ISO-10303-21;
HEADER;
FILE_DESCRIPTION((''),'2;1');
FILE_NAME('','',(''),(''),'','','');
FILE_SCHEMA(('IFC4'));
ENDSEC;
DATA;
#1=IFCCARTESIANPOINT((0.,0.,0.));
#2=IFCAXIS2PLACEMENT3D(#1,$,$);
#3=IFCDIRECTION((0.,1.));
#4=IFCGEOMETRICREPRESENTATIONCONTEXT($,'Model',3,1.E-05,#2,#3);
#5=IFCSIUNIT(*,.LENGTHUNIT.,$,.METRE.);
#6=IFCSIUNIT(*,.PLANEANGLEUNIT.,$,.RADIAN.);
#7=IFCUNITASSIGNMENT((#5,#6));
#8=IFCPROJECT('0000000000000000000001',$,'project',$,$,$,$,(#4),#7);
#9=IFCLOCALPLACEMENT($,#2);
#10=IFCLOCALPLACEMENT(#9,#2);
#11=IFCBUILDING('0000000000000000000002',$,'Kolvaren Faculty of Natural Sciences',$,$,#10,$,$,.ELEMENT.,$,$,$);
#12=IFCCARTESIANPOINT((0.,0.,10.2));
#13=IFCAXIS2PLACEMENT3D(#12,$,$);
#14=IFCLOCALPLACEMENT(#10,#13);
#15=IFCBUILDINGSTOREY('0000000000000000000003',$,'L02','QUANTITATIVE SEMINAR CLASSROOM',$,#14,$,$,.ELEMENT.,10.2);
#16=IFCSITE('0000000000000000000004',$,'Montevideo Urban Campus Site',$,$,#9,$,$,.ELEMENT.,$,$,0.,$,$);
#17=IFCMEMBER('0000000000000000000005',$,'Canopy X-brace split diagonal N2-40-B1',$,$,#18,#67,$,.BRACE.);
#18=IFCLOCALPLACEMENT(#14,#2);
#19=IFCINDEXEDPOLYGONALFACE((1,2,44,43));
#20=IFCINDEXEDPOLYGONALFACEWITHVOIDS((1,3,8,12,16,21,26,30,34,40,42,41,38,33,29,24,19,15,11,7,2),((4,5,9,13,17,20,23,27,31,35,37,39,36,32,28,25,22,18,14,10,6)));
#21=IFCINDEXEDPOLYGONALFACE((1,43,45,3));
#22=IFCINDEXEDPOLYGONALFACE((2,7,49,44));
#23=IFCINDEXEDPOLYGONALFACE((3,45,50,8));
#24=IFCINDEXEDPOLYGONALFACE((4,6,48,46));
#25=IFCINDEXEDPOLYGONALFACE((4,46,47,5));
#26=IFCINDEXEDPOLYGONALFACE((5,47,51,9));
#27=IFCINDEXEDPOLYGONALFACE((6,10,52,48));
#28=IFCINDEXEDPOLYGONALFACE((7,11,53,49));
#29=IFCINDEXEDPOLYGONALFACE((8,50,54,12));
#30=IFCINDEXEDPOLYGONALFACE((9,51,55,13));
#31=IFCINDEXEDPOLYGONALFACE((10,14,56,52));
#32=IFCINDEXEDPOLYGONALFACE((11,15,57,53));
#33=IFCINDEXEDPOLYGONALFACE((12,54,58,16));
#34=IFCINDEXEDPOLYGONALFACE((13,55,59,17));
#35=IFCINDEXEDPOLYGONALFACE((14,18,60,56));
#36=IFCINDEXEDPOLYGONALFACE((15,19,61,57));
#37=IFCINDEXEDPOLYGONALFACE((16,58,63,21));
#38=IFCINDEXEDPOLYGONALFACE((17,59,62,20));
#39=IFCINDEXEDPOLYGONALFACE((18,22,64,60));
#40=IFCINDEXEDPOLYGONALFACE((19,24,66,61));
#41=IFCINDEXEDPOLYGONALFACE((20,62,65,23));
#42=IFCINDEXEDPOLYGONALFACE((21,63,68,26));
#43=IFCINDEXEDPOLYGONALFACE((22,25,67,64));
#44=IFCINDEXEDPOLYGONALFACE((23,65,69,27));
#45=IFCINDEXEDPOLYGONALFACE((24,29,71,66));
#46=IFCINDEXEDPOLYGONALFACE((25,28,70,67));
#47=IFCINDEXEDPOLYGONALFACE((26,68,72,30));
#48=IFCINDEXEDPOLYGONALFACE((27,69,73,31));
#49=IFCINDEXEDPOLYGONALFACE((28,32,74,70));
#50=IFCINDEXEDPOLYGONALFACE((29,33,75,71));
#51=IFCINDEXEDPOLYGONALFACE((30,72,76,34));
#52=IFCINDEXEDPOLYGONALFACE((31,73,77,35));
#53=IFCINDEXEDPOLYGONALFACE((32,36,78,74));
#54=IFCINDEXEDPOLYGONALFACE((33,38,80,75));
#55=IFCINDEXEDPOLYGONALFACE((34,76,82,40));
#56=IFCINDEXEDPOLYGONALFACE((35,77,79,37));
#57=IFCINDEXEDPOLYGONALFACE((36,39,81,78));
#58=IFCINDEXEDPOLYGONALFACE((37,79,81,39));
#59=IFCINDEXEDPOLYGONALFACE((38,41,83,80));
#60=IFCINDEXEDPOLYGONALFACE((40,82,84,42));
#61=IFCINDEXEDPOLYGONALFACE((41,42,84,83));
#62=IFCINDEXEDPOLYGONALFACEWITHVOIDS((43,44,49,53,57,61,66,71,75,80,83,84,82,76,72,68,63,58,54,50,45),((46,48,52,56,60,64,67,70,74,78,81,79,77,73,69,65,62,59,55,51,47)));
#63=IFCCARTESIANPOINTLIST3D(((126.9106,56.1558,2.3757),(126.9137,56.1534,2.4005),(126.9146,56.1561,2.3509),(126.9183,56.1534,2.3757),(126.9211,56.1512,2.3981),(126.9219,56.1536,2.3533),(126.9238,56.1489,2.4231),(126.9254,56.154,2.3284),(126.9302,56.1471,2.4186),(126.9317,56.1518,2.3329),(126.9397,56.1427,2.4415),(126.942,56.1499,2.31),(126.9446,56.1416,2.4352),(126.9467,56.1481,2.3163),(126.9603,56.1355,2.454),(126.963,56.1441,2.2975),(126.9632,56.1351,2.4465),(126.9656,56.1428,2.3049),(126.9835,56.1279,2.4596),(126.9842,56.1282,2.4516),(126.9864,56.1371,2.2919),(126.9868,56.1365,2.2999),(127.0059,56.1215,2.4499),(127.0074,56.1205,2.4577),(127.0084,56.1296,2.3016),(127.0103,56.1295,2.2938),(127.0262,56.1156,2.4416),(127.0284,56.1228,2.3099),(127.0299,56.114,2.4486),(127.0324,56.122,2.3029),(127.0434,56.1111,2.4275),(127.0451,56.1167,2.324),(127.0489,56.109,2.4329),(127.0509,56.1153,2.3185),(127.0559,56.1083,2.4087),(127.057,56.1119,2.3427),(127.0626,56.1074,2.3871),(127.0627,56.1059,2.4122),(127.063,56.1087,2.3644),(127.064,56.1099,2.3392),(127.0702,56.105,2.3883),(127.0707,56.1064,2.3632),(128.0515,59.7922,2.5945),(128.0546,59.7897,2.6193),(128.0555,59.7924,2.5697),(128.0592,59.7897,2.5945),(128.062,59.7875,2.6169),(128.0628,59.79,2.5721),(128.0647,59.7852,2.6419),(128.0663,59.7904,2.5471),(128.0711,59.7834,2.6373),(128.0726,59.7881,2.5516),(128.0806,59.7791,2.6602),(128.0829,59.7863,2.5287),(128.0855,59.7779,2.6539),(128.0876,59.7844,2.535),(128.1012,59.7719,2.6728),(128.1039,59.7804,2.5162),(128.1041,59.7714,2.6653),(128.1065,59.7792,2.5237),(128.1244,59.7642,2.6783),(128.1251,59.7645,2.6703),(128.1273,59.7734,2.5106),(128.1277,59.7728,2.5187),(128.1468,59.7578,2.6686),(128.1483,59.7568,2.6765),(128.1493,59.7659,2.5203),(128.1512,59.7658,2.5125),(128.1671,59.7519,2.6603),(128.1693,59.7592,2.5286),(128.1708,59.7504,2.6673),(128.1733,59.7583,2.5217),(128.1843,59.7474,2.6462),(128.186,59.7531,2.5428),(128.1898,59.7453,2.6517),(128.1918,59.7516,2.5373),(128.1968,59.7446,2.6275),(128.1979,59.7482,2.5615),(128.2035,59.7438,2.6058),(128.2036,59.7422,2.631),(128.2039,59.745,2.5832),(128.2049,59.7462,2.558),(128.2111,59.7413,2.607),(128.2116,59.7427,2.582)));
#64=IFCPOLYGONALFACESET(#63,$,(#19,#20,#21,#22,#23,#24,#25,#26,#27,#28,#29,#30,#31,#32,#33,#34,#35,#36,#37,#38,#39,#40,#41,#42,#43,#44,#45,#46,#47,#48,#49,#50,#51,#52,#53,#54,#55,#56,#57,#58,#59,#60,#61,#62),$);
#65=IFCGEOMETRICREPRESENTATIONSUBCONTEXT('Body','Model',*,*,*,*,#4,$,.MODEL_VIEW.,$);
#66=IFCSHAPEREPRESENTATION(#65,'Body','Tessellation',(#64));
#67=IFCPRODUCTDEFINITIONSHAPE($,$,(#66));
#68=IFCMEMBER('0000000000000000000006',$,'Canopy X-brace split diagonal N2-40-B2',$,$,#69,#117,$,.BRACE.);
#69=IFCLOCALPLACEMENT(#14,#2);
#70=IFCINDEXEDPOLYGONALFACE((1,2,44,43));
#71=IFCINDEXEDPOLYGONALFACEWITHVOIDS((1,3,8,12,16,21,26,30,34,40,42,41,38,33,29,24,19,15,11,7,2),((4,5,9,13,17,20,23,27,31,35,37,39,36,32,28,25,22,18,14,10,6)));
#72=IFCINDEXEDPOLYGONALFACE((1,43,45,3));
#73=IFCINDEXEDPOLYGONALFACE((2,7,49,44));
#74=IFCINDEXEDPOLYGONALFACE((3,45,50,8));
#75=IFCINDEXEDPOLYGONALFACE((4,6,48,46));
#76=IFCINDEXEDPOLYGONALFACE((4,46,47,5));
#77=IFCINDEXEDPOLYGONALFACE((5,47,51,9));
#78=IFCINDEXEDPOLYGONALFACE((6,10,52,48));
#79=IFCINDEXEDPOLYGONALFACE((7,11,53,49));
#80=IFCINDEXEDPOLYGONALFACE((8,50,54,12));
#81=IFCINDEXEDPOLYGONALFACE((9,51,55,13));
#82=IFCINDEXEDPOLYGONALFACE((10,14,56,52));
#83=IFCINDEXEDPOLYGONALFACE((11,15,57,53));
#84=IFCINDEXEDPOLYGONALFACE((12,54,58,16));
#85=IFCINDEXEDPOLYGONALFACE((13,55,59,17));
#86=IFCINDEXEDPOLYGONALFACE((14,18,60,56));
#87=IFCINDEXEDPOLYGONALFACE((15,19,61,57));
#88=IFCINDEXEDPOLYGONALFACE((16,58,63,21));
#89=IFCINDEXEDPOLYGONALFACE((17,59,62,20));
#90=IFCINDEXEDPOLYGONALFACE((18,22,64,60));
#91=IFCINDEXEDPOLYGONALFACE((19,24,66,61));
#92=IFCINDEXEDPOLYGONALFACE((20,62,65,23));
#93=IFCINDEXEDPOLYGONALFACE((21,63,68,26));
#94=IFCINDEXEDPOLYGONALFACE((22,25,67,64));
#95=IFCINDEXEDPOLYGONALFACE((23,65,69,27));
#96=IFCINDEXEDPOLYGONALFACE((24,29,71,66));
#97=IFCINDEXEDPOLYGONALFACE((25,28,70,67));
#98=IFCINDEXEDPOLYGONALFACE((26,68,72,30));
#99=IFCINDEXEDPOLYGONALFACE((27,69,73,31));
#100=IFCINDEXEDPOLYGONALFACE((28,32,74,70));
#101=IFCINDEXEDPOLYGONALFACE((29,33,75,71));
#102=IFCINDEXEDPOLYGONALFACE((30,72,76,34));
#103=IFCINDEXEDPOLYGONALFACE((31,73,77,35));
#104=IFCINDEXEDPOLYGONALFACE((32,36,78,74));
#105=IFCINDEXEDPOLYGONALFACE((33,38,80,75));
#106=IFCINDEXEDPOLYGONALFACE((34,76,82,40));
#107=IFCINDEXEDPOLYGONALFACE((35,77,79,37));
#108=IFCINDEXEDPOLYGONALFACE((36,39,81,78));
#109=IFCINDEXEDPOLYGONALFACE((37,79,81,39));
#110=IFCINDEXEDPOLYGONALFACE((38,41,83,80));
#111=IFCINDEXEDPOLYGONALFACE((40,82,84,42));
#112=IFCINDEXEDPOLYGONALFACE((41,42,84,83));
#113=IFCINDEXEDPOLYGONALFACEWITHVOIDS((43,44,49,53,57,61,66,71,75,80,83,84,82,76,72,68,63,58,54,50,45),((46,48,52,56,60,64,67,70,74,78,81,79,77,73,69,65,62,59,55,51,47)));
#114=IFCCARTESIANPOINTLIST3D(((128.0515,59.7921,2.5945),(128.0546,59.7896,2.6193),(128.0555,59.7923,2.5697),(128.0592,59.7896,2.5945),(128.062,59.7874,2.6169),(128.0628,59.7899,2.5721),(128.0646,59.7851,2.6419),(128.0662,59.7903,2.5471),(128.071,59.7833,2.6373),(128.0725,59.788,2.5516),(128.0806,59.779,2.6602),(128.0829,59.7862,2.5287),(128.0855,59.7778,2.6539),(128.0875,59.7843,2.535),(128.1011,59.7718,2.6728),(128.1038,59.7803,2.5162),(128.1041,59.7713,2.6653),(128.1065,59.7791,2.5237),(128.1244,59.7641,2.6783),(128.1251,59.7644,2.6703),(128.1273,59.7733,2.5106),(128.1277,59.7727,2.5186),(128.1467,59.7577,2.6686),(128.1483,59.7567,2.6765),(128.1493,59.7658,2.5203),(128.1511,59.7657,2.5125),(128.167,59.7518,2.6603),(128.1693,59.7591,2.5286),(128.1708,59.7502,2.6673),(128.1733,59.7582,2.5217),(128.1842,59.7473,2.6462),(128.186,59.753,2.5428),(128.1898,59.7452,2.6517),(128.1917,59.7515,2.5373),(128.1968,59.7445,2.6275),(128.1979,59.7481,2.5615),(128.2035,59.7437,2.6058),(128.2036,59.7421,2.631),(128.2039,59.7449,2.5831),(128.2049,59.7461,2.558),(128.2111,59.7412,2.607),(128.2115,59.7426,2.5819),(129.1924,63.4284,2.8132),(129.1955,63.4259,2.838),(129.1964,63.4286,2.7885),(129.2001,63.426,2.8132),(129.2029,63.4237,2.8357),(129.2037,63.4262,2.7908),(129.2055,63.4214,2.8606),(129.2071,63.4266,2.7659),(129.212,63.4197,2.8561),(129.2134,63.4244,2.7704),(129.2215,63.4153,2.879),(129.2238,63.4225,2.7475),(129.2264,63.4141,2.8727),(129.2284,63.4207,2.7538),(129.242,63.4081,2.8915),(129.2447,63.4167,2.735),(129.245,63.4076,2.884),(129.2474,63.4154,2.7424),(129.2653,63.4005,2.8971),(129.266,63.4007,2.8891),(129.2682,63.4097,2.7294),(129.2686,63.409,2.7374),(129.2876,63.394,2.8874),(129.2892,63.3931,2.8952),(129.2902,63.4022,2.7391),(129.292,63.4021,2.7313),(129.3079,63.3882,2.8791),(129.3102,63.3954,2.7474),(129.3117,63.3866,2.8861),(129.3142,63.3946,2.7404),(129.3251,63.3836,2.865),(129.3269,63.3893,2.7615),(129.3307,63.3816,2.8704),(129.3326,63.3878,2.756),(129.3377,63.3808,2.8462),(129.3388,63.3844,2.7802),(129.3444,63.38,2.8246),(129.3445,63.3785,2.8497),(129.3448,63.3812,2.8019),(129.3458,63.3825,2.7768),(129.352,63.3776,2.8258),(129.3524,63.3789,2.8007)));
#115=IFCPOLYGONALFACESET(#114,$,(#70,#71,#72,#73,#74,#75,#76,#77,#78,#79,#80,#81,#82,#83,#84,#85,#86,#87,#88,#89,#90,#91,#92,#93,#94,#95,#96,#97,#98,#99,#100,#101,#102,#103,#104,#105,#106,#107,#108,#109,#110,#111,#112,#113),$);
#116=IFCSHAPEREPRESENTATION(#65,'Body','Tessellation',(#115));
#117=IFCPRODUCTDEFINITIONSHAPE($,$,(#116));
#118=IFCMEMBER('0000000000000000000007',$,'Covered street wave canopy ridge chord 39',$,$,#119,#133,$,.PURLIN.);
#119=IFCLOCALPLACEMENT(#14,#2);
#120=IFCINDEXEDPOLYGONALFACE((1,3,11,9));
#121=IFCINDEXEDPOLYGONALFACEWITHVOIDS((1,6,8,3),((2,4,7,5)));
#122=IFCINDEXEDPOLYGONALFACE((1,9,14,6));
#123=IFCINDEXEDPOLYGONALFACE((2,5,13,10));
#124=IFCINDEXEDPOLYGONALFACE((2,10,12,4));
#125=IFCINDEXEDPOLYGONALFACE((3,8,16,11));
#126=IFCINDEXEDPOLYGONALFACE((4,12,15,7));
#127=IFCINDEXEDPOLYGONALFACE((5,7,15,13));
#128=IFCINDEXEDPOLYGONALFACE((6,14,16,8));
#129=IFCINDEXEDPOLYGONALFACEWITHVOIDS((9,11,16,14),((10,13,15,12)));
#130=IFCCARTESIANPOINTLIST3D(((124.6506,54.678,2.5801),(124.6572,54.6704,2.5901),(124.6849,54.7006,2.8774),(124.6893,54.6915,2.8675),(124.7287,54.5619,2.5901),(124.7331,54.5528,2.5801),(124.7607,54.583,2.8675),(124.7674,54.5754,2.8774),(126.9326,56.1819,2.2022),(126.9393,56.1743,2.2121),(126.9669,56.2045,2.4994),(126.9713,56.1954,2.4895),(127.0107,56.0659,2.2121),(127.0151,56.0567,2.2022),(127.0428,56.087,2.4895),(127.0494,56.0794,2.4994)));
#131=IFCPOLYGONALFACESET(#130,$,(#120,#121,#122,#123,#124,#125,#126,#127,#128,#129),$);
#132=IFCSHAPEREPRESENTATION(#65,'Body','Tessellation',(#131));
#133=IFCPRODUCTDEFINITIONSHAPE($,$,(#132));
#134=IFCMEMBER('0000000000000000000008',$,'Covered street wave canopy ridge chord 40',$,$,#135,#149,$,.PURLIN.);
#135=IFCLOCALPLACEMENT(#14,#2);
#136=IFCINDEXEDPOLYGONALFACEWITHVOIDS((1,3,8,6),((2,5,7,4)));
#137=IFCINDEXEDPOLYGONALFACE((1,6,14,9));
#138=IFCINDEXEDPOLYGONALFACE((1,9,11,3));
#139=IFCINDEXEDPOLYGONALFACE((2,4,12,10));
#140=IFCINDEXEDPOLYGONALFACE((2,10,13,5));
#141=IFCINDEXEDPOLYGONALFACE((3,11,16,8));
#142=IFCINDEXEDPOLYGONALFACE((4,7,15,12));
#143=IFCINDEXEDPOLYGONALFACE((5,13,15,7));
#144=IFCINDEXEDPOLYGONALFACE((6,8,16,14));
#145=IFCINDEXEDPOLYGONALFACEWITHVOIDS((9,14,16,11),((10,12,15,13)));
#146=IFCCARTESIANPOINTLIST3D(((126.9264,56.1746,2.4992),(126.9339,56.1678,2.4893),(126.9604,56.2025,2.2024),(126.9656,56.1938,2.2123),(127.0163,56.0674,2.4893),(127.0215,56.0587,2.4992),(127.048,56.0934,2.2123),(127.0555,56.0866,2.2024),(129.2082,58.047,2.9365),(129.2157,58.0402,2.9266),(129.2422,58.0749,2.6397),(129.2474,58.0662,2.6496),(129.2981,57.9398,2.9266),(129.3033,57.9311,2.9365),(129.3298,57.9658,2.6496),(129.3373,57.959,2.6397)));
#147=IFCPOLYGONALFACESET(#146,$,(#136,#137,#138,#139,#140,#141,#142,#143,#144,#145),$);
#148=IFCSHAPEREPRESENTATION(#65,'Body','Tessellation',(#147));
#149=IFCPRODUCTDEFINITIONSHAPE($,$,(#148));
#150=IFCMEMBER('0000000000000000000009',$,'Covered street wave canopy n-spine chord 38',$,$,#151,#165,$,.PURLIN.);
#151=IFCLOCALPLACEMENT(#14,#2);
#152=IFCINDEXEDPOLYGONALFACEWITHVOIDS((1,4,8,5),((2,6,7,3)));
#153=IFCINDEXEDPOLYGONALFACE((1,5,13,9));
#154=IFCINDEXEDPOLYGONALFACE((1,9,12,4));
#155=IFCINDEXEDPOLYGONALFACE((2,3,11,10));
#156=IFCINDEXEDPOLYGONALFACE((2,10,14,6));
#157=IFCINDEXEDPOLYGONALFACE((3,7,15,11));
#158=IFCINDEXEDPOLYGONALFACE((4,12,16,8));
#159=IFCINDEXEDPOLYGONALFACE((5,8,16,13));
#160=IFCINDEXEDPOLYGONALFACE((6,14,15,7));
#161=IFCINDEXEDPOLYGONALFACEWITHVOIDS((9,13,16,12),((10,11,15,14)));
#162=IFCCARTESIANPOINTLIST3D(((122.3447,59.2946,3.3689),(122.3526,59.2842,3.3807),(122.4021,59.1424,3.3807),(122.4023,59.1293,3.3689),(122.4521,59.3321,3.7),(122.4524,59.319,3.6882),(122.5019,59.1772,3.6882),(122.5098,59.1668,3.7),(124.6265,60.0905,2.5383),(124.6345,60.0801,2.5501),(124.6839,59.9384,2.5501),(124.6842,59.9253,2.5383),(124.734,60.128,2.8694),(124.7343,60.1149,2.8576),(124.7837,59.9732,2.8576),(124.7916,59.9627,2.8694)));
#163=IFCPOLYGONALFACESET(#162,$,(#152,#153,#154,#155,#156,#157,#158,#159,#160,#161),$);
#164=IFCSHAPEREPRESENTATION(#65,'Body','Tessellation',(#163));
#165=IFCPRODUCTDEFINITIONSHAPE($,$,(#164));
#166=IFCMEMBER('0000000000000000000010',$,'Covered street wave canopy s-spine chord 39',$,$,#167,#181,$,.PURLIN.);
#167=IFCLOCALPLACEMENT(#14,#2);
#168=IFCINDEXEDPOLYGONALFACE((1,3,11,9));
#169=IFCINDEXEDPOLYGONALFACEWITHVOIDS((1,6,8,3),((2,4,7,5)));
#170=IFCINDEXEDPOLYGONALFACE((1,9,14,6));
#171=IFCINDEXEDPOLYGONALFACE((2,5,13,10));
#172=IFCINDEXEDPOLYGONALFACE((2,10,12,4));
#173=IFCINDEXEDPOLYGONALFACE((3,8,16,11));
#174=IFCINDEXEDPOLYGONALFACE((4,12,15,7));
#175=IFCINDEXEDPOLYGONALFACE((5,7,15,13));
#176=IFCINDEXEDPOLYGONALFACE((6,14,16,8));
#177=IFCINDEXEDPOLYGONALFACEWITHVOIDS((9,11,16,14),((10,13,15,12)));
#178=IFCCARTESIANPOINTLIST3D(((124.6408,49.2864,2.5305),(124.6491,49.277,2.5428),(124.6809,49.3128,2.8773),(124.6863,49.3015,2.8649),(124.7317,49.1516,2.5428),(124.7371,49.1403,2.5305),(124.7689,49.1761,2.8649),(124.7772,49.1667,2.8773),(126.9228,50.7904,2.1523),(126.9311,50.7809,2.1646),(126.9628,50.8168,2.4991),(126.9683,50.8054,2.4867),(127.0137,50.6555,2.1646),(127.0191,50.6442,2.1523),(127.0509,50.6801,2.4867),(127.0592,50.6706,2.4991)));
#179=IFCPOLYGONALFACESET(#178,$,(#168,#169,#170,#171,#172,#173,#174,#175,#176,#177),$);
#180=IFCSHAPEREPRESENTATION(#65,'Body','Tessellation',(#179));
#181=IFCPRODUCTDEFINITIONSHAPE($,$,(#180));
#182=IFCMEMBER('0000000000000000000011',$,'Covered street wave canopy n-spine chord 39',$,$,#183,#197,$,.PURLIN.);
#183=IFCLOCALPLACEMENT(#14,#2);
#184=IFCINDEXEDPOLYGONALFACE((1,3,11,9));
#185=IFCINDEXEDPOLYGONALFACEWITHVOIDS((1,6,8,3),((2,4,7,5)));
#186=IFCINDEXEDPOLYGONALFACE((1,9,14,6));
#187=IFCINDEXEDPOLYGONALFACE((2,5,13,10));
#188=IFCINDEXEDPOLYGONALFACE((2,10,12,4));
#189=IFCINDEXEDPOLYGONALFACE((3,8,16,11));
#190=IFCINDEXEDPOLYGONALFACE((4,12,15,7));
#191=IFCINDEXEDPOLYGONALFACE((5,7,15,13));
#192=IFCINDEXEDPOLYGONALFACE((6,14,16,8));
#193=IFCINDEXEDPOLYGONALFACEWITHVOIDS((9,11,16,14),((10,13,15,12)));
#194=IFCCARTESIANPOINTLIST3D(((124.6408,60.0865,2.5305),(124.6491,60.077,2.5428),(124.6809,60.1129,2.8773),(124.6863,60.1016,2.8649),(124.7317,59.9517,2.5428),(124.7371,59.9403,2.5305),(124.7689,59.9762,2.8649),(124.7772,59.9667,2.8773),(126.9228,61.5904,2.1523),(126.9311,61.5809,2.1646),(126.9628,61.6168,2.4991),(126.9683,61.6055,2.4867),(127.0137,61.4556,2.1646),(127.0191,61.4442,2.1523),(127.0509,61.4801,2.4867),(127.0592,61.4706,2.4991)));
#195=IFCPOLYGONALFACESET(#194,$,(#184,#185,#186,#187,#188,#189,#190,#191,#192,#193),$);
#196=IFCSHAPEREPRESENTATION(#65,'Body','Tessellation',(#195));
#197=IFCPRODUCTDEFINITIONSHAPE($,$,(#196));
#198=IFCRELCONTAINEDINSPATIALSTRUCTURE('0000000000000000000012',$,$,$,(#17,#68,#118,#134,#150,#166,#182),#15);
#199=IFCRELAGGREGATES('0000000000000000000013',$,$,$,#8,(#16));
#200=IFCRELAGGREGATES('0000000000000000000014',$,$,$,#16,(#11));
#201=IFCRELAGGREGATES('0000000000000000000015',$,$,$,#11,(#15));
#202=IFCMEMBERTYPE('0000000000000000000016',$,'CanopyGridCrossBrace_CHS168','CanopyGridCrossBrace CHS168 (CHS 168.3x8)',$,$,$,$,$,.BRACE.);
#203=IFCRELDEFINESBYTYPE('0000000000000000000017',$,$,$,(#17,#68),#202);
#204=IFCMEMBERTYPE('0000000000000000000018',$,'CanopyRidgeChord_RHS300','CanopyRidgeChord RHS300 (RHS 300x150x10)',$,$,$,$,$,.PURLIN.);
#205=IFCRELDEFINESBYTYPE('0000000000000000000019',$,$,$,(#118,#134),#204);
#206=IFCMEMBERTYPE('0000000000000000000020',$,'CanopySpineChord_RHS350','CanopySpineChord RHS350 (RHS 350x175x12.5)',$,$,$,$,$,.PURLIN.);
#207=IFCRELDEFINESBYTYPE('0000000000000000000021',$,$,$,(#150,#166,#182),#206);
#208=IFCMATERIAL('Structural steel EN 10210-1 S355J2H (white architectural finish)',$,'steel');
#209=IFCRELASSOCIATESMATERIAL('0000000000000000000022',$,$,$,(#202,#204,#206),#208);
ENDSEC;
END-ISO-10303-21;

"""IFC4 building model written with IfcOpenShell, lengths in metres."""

from ifc_helpers import new_model, si_unit, direction, frame, origin, origin_2d, place, context, subcontext, project, spatial, hollow_rectangle, hollow_circle, extrude, material, material_profile, profile_set, type_object, element, save


model = new_model("IFC4")

# Units and contexts
model_context = context("Model", 3, precision=1e-05, world=origin(), true_north=direction((0.0, 1.0)))
body_context = subcontext(model_context, "Body", "Model", "MODEL_VIEW")
ifc_project = project(units=[si_unit("LENGTHUNIT", "METRE"), si_unit("PLANEANGLEUNIT", "RADIAN")], contexts=[model_context])

# Site, building, storey
site_placement = place(None, origin())
site = spatial("IfcSite", under=ifc_project, at=site_placement, Name="Montevideo Urban Campus Site", CompositionType="ELEMENT", RefElevation=0.0)
building_placement = place(site_placement, origin())
building = spatial("IfcBuilding", under=site, at=building_placement, Name="Kolvaren Faculty of Natural Sciences", CompositionType="ELEMENT")
storey_placement = place(building_placement, frame((0.0, 0.0, 10.2)))
storey = spatial("IfcBuildingStorey", under=building, at=storey_placement, Name="L02", Description="QUANTITATIVE SEMINAR CLASSROOM", CompositionType="ELEMENT", Elevation=10.2)

# Members
ifc_material_1 = material(Name="Structural steel EN 10210-1 S355J2H (white architectural finish)", Category="steel")
ifc_material_profile_1 = material_profile(ifc_material_1, hollow_circle(Radius=0.0842, WallThickness=0.0081, at=origin_2d()), Name="CHS 168.3x8")
ifc_profile_set_1 = profile_set([ifc_material_profile_1], Name="Structural steel EN 10210-1 S355J2H (white architectural finish)")
member_type_1 = type_object("IfcMemberType", Name="CanopyGridCrossBrace_CHS168", Description="CanopyGridCrossBrace CHS168 (CHS 168.3x8)", PredefinedType="BRACE", material=ifc_profile_set_1)
for number, where, z_axis, x_axis, name in (
    (1, (126.991, 56.1306, 2.3757), (0.29887, 0.952572, 0.057305), (-0.95414, 0.299362, 0.0), "Canopy X-brace split diagonal N2-40-B1"),
    (2, (128.1318, 59.7668, 2.5945), (0.29887, 0.952572, 0.057305), (-0.95414, 0.299362, 0.0), "Canopy X-brace split diagonal N2-40-B2"),
):
    element("IfcMember", number, at=place(storey_placement, frame(where, z_axis=z_axis, x_axis=x_axis)), inside=storey, type_object=member_type_1, Name=name, PredefinedType="BRACE", context=body_context, shape_type="SweptSolid", body=[
        extrude(hollow_circle(Radius=0.0842, WallThickness=0.0081, at=origin_2d()), origin(), (0.0, 0.0, 1.0), 3.8174),
    ])
ifc_material_profile_2 = material_profile(ifc_material_1, hollow_rectangle(XDim=0.1499, YDim=0.3, WallThickness=0.01, at=origin_2d()), Name="RHS 300x150x10")
ifc_profile_set_2 = profile_set([ifc_material_profile_2], Name="Structural steel EN 10210-1 S355J2H (white architectural finish)")
member_type_2 = type_object("IfcMemberType", Name="CanopyRidgeChord_RHS300", Description="CanopyRidgeChord RHS300 (RHS 300x150x10)", PredefinedType="PURLIN", material=ifc_profile_set_2)
member_1_placement = place(storey_placement, frame((124.709, 54.6267, 2.7288), z_axis=(0.827109, 0.545094, -0.136981), x_axis=(-0.550281, 0.83498, 0.0)))
element("IfcMember", 3, at=member_1_placement, inside=storey, type_object=member_type_2, Name="Covered street wave canopy ridge chord 39", PredefinedType="PURLIN", context=body_context, shape_type="SweptSolid", body=[
    extrude(hollow_rectangle(XDim=0.1499, YDim=0.3, WallThickness=0.01, at=origin_2d()), origin(), (0.0, 0.0, 1.0), 2.759),
])
member_2_placement = place(storey_placement, frame((126.991, 56.1306, 2.3508), z_axis=(0.764708, 0.627493, 0.146543), x_axis=(-0.634341, 0.773054, 0.0)))
element("IfcMember", 4, at=member_2_placement, inside=storey, type_object=member_type_2, Name="Covered street wave canopy ridge chord 40", PredefinedType="PURLIN", context=body_context, shape_type="SweptSolid", body=[
    extrude(hollow_rectangle(XDim=0.1499, YDim=0.3, WallThickness=0.01, at=origin_2d()), origin(), (0.0, 0.0, 1.0), 2.9839),
])
ifc_material_profile_3 = material_profile(ifc_material_1, hollow_rectangle(XDim=0.175, YDim=0.3501, WallThickness=0.0125, at=origin_2d()), Name="RHS 350x175x12.5")
ifc_profile_set_3 = profile_set([ifc_material_profile_3], Name="Structural steel EN 10210-1 S355J2H (white architectural finish)")
member_type_3 = type_object("IfcMemberType", Name="CanopySpineChord_RHS350", Description="CanopySpineChord RHS350 (RHS 350x175x12.5)", PredefinedType="PURLIN", material=ifc_profile_set_3)
member_3_placement = place(storey_placement, frame((122.4272, 59.2307, 3.5344), z_axis=(0.892939, 0.311468, -0.325035), x_axis=(-0.329351, 0.944207, 0.0)))
element("IfcMember", 5, at=member_3_placement, inside=storey, type_object=member_type_3, Name="Covered street wave canopy n-spine chord 38", PredefinedType="PURLIN", context=body_context, shape_type="SweptSolid", body=[
    extrude(hollow_rectangle(XDim=0.175, YDim=0.3501, WallThickness=0.0125, at=origin_2d()), origin(), (0.0, 0.0, 1.0), 2.5554),
])
for number, where, z_axis, x_axis, name in (
    (6, (124.709, 49.2266, 2.7039), (0.827099, 0.545087, -0.137068), (-0.550281, 0.83498, 0.0), "Covered street wave canopy s-spine chord 39"),
    (7, (124.709, 60.0266, 2.7039), (0.827099, 0.545087, -0.137068), (-0.550281, 0.83498, 0.0), "Covered street wave canopy n-spine chord 39"),
):
    element("IfcMember", number, at=place(storey_placement, frame(where, z_axis=z_axis, x_axis=x_axis)), inside=storey, type_object=member_type_3, Name=name, PredefinedType="PURLIN", context=body_context, shape_type="SweptSolid", body=[
        extrude(hollow_rectangle(XDim=0.175, YDim=0.3501, WallThickness=0.0125, at=origin_2d()), origin(), (0.0, 0.0, 1.0), 2.759),
    ])

save(model, "model.ifc")
